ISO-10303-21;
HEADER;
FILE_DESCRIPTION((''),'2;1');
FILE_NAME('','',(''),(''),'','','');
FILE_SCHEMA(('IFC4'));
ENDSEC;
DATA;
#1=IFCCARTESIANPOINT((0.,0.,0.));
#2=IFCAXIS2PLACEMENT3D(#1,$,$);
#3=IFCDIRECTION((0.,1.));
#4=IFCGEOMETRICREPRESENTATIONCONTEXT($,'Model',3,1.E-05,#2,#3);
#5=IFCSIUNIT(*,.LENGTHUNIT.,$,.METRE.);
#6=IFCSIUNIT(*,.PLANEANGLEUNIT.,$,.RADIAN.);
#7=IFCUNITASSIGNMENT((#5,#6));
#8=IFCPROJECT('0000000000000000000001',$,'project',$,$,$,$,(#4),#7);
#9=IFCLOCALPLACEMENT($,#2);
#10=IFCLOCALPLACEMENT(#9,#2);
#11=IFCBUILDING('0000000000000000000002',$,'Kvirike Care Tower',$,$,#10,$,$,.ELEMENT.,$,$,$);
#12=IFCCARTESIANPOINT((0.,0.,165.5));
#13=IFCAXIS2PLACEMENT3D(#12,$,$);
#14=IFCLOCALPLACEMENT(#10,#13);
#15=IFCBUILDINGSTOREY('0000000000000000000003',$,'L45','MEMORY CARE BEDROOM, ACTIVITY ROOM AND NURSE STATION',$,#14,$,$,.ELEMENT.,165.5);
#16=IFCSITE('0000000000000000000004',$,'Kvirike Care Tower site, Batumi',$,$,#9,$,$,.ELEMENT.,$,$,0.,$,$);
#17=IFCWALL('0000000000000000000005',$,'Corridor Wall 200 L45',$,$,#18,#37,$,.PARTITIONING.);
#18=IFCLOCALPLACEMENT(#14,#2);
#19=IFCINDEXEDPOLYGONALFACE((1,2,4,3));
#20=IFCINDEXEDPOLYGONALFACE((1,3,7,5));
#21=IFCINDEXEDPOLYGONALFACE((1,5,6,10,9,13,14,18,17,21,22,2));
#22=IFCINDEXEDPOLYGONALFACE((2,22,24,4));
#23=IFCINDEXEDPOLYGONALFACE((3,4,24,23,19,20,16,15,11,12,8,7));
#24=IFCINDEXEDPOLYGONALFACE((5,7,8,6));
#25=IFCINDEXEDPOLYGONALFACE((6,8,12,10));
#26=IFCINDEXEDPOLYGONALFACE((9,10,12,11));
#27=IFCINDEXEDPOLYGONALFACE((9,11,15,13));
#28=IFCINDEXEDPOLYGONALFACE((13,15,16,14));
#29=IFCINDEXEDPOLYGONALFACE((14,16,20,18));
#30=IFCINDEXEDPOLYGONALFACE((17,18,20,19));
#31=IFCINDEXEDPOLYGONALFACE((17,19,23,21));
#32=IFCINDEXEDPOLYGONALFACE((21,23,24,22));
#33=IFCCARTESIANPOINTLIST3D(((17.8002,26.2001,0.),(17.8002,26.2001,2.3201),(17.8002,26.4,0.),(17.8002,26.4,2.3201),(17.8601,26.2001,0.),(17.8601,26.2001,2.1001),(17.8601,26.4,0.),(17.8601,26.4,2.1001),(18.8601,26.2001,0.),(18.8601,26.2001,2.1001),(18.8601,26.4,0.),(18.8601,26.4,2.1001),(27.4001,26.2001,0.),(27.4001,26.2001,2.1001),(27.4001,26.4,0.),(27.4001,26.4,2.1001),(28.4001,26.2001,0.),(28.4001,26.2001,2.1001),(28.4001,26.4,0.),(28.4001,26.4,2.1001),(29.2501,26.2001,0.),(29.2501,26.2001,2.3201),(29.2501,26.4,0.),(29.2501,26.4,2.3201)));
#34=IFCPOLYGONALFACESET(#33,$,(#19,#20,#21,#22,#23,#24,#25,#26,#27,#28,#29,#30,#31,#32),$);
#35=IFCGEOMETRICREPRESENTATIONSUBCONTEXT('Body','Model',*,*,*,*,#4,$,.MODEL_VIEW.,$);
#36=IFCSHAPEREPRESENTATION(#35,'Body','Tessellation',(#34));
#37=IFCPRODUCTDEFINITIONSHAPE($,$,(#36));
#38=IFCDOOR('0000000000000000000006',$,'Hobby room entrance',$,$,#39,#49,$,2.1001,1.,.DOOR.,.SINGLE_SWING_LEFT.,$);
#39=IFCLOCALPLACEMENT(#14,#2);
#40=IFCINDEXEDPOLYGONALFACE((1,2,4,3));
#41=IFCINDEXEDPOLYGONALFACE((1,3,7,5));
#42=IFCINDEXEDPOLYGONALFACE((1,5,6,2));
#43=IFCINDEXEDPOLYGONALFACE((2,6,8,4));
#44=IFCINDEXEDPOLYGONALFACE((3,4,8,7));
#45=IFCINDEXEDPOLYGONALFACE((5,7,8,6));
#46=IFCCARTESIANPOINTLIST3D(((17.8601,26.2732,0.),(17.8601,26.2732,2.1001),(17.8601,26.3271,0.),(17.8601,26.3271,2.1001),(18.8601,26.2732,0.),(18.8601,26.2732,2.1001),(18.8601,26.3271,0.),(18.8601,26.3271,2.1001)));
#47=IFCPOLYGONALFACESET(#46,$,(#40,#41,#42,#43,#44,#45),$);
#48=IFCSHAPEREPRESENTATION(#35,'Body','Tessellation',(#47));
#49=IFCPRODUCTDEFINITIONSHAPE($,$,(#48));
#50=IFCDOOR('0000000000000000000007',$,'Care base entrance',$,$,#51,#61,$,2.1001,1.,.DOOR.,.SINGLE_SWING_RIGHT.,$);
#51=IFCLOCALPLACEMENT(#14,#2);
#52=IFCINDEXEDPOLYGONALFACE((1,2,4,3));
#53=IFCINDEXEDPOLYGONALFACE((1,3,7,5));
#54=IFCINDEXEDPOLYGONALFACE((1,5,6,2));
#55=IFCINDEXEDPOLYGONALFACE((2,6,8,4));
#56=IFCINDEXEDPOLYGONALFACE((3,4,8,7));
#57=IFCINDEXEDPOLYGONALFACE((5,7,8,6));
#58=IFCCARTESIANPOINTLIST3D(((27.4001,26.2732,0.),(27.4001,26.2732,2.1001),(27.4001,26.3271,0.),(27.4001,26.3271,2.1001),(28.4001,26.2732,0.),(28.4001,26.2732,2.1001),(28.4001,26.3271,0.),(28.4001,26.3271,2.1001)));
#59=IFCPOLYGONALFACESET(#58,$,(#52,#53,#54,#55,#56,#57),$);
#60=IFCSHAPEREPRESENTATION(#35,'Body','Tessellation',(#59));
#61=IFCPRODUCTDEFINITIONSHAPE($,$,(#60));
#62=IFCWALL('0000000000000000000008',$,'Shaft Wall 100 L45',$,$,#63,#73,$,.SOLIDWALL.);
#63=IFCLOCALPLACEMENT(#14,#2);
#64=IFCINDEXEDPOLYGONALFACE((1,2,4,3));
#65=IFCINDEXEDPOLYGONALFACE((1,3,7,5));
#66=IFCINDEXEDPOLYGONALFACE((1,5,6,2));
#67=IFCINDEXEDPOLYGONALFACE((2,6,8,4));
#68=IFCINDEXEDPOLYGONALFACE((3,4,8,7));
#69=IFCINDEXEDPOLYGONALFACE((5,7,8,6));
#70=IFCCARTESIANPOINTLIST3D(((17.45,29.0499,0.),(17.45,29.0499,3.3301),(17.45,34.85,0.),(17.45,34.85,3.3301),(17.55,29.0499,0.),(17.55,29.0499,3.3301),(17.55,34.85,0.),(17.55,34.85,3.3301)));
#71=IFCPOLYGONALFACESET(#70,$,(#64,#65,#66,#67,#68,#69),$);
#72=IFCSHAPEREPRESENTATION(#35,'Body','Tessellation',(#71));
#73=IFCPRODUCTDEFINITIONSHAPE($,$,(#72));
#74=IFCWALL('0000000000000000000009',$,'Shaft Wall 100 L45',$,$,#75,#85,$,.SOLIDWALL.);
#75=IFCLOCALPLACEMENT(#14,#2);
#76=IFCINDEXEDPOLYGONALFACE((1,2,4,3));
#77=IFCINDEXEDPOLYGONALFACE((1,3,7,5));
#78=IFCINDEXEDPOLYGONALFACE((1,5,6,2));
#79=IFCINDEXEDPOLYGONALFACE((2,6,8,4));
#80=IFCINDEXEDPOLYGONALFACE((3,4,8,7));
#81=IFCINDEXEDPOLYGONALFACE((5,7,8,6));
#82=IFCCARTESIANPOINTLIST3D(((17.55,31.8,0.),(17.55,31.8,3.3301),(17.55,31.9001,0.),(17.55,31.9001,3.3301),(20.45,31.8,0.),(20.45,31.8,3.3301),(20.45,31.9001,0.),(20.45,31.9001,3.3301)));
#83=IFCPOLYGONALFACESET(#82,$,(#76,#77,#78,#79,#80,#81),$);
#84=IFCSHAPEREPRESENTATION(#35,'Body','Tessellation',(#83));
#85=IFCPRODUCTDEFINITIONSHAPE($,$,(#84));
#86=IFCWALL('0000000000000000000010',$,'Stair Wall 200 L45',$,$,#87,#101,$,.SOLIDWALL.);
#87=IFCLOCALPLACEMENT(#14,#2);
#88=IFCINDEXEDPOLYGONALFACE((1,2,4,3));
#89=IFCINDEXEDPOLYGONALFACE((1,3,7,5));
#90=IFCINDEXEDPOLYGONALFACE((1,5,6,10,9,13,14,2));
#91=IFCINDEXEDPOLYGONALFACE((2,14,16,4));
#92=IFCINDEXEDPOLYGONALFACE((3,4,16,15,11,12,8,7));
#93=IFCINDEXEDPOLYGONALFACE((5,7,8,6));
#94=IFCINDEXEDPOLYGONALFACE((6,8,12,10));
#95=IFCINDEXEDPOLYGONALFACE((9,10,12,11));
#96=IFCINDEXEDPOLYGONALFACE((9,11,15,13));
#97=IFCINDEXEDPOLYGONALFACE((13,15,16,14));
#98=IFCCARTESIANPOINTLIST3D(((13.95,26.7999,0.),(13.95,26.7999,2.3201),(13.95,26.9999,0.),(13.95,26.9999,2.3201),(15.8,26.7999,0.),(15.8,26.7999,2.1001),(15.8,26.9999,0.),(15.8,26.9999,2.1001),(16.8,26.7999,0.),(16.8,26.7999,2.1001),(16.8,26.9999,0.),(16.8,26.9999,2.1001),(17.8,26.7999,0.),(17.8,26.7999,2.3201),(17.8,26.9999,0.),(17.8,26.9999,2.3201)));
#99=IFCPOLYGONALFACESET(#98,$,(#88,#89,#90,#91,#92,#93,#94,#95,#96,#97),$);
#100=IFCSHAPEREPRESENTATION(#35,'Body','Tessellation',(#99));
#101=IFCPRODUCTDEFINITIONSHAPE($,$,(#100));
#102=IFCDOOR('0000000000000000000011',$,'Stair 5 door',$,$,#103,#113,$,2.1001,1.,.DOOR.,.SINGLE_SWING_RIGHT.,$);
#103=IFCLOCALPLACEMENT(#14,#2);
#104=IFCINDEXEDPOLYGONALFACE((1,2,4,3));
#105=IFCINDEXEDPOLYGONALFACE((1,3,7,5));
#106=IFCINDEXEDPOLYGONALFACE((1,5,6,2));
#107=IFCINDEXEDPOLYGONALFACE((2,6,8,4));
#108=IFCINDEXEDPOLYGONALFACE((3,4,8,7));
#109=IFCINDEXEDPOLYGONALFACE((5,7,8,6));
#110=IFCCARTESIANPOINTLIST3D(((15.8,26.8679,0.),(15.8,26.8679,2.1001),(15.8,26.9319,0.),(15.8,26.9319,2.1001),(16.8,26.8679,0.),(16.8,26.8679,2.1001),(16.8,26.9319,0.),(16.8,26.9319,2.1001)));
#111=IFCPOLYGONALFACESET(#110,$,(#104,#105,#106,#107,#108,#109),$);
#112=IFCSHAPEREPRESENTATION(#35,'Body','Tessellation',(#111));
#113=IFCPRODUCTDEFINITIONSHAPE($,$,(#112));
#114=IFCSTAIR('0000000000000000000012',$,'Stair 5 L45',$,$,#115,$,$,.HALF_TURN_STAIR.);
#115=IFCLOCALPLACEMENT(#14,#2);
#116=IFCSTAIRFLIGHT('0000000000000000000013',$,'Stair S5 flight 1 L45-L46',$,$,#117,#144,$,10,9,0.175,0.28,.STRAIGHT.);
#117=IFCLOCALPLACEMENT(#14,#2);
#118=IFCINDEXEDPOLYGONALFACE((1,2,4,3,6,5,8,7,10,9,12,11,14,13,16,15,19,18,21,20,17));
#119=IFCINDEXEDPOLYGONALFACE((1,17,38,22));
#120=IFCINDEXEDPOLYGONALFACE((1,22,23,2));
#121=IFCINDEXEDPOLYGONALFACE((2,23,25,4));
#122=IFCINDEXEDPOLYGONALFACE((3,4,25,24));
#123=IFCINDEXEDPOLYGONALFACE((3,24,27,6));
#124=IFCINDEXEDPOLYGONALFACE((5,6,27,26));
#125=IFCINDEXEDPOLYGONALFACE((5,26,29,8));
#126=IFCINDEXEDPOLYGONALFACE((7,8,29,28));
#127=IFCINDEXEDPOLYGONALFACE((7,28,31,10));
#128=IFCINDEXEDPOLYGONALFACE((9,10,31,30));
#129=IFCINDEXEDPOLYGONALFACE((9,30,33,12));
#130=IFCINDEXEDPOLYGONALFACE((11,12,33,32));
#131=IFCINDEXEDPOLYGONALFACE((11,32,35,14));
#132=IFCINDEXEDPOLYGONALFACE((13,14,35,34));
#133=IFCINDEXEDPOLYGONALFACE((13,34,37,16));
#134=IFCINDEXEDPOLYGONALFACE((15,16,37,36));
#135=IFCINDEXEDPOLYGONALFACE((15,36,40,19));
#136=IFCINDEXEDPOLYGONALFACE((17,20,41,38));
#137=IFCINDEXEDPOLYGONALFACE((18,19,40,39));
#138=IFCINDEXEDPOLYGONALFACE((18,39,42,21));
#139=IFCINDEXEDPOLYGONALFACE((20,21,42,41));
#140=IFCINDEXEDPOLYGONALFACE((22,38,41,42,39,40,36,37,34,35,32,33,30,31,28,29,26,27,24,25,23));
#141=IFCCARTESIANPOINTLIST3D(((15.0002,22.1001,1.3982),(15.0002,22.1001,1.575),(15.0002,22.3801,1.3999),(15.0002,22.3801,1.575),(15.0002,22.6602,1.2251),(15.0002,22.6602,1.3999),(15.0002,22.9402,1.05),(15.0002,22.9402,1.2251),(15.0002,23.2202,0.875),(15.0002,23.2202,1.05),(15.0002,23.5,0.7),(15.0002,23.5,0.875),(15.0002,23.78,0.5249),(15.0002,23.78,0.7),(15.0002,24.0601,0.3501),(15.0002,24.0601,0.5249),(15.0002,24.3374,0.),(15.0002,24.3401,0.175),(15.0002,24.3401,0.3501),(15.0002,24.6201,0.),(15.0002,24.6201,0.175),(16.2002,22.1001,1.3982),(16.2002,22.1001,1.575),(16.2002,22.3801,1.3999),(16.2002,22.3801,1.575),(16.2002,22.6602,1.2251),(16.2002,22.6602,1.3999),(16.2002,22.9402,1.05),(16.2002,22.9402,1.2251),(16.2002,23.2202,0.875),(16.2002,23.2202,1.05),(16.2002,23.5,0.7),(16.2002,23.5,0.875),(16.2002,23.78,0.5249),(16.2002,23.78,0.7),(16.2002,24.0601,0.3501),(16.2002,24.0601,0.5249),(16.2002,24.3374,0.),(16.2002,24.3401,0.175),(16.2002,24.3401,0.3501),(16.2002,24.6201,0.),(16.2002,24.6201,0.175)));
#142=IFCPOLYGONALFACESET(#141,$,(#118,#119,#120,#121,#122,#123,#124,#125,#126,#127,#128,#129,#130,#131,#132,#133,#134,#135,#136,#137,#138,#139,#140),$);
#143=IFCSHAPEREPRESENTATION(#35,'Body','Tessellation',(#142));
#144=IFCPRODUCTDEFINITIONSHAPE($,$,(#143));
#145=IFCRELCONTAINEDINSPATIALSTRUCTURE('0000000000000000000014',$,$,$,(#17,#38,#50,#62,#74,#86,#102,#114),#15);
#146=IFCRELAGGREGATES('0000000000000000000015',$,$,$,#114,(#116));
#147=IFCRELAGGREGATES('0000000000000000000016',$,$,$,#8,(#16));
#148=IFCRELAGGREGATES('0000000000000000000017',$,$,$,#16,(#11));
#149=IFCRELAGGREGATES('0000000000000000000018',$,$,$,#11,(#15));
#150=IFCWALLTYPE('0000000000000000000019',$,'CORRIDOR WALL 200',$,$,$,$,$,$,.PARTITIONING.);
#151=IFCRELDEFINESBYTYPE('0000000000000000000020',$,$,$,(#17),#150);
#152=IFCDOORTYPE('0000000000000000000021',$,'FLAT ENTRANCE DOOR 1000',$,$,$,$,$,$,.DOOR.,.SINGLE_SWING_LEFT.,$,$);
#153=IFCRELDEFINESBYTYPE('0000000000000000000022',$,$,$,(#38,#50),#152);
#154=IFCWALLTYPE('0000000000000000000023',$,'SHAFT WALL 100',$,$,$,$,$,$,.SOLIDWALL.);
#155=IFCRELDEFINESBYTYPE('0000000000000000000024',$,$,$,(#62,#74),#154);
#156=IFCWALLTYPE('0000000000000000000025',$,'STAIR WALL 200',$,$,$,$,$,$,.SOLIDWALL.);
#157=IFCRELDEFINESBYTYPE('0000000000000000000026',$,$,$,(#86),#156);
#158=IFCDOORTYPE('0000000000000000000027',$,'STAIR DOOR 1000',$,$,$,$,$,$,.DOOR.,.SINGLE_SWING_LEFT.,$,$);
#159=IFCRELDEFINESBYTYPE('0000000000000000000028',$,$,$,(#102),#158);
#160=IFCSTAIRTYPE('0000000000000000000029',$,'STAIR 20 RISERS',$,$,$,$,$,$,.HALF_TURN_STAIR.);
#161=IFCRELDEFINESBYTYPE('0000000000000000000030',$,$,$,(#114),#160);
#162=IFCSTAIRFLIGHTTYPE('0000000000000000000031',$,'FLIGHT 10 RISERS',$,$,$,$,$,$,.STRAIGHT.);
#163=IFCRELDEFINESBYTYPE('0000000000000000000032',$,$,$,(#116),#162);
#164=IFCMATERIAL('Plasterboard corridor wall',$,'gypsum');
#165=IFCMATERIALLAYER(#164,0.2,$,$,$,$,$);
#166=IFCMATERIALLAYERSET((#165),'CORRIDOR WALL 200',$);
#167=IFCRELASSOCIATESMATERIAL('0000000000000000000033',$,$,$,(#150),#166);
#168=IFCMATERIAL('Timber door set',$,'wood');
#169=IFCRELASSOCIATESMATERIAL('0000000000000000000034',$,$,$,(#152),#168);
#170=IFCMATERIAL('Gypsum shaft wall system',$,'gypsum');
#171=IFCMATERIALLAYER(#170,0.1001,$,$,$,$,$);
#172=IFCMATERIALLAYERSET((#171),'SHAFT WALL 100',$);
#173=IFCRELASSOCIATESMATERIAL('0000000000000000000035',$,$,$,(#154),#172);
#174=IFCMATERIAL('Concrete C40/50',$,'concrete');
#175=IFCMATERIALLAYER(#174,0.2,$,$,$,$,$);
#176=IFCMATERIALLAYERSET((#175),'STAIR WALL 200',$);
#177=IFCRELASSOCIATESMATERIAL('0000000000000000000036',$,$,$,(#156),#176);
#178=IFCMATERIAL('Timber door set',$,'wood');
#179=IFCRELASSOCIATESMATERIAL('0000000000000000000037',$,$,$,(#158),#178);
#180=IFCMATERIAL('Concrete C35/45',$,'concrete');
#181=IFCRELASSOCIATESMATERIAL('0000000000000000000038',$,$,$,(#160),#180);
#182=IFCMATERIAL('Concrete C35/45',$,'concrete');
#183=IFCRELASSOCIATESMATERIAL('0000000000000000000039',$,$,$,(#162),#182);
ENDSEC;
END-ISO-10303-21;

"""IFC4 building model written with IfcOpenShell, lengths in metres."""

from ifc_helpers import new_model, si_unit, direction, frame, frame_2d, origin, place, context, subcontext, project, spatial, polyline, rectangle, outline, extrude, material, layer, layer_set, type_object, element, fill, aggregate, save


model = new_model("IFC4")

# Units and contexts
model_context = context("Model", 3, precision=1e-05, world=origin(), true_north=direction((0.0, 1.0)))
body_context = subcontext(model_context, "Body", "Model", "MODEL_VIEW")
ifc_project = project(units=[si_unit("LENGTHUNIT", "METRE"), si_unit("PLANEANGLEUNIT", "RADIAN")], contexts=[model_context])

# Site, building, storey
site_placement = place(None, origin())
site = spatial("IfcSite", under=ifc_project, at=site_placement, Name="Kvirike Care Tower site, Batumi", CompositionType="ELEMENT", RefElevation=0.0)
building_placement = place(site_placement, origin())
building = spatial("IfcBuilding", under=site, at=building_placement, Name="Kvirike Care Tower", CompositionType="ELEMENT")
storey_placement = place(building_placement, frame((0.0, 0.0, 165.5)))
storey = spatial("IfcBuildingStorey", under=building, at=storey_placement, Name="L45", Description="MEMORY CARE BEDROOM, ACTIVITY ROOM AND NURSE STATION", CompositionType="ELEMENT", Elevation=165.5)

# Wall, openings, doors
ifc_material_1 = material(Name="Plasterboard corridor wall", Category="gypsum")
ifc_layer_1 = layer(ifc_material_1, 0.2)
ifc_layer_set_1 = layer_set([ifc_layer_1], Name="CORRIDOR WALL 200")
wall_type_1 = type_object("IfcWallType", Name="CORRIDOR WALL 200", PredefinedType="PARTITIONING", material=ifc_layer_set_1)
wall_1_placement = place(storey_placement, frame((17.8, 26.3, 0.0), z_axis=(0.0, 0.0, 1.0), x_axis=(1.0, 0.0, 0.0)))
wall_1 = element("IfcWall", 1, at=wall_1_placement, inside=storey, type_object=wall_type_1, Name="Corridor Wall 200 L45", PredefinedType="PARTITIONING", context=body_context, shape_type="SweptSolid", body=[
    extrude(rectangle(XDim=11.45, YDim=0.2, at=frame_2d((5.7251, 0.0))), origin(), (0.0, 0.0, 1.0), 2.3201),
])
opening_1_placement = place(wall_1_placement, frame((0.0601, 0.0, 0.0)))
opening_1 = element("IfcOpeningElement", 2, at=opening_1_placement, cuts=wall_1, PredefinedType="OPENING", context=body_context, shape_type="SweptSolid", body=[
    extrude(rectangle(XDim=1.0, YDim=2.1001, at=frame_2d((0.5, 1.05))), frame((0.0, 0.1106, 0.0), z_axis=(0.0, -1.0, 0.0), x_axis=(1.0, 0.0, 0.0)), (0.0, 0.0, 1.0), 0.2209),
])
opening_2_placement = place(wall_1_placement, frame((9.6001, 0.0, 0.0)))
opening_2 = element("IfcOpeningElement", 3, at=opening_2_placement, cuts=wall_1, PredefinedType="OPENING", context=body_context, shape_type="SweptSolid", body=[
    extrude(rectangle(XDim=1.0, YDim=2.1001, at=frame_2d((0.5, 1.05))), frame((0.0, 0.1106, 0.0), z_axis=(0.0, -1.0, 0.0), x_axis=(1.0, 0.0, 0.0)), (0.0, 0.0, 1.0), 0.2209),
])
ifc_material_2 = material(Name="Timber door set", Category="wood")
door_type_1 = type_object("IfcDoorType", Name="FLAT ENTRANCE DOOR 1000", OperationType="SINGLE_SWING_LEFT", PredefinedType="DOOR", material=ifc_material_2)
door_1_placement = place(opening_1_placement, frame((1.0, 0.0, 0.0), z_axis=(0.0, 0.0, 1.0), x_axis=(-1.0, 0.0, 0.0)))
door_1 = element("IfcDoor", 4, at=door_1_placement, inside=storey, type_object=door_type_1, Name="Hobby room entrance", OperationType="SINGLE_SWING_LEFT", OverallHeight=2.1001, OverallWidth=1.0, PredefinedType="DOOR", context=body_context, shape_type="SweptSolid", body=[
    extrude(rectangle(XDim=1.0, YDim=2.1001, at=frame_2d((0.5, 1.05))), frame((0.0, 0.0269, 0.0), z_axis=(0.0, -1.0, 0.0), x_axis=(1.0, 0.0, 0.0)), (0.0, 0.0, 1.0), 0.054),
])
fill(opening_1, door_1)
door_2_placement = place(opening_2_placement, frame((1.0, 0.0, 0.0), z_axis=(0.0, 0.0, 1.0), x_axis=(-1.0, 0.0, 0.0)))
door_2 = element("IfcDoor", 5, at=door_2_placement, inside=storey, type_object=door_type_1, Name="Care base entrance", OperationType="SINGLE_SWING_RIGHT", OverallHeight=2.1001, OverallWidth=1.0, PredefinedType="DOOR", context=body_context, shape_type="SweptSolid", body=[
    extrude(rectangle(XDim=1.0, YDim=2.1001, at=frame_2d((0.5, 1.05))), frame((0.0, 0.0269, 0.0), z_axis=(0.0, -1.0, 0.0), x_axis=(1.0, 0.0, 0.0)), (0.0, 0.0, 1.0), 0.054),
])
fill(opening_2, door_2)

# Walls
ifc_material_3 = material(Name="Gypsum shaft wall system", Category="gypsum")
ifc_layer_2 = layer(ifc_material_3, 0.1001)
ifc_layer_set_2 = layer_set([ifc_layer_2], Name="SHAFT WALL 100")
wall_type_2 = type_object("IfcWallType", Name="SHAFT WALL 100", PredefinedType="SOLIDWALL", material=ifc_layer_set_2)
wall_2_placement = place(storey_placement, frame((17.5, 29.05, 0.0), z_axis=(0.0, 0.0, 1.0), x_axis=(0.0, 1.0, 0.0)))
element("IfcWall", 6, at=wall_2_placement, inside=storey, type_object=wall_type_2, Name="Shaft Wall 100 L45", PredefinedType="SOLIDWALL", context=body_context, shape_type="SweptSolid", body=[
    extrude(rectangle(XDim=5.8, YDim=0.1001, at=frame_2d((2.8999, 0.0))), origin(), (0.0, 0.0, 1.0), 3.3301),
])
wall_3_placement = place(storey_placement, frame((17.55, 31.8501, 0.0), z_axis=(0.0, 0.0, 1.0), x_axis=(1.0, 0.0, 0.0)))
element("IfcWall", 7, at=wall_3_placement, inside=storey, type_object=wall_type_2, Name="Shaft Wall 100 L45", PredefinedType="SOLIDWALL", context=body_context, shape_type="SweptSolid", body=[
    extrude(rectangle(XDim=2.8999, YDim=0.1001, at=frame_2d((1.45, 0.0))), origin(), (0.0, 0.0, 1.0), 3.3301),
])

# Wall, opening, door
ifc_material_4 = material(Name="Concrete C40/50", Category="concrete")
ifc_layer_3 = layer(ifc_material_4, 0.2)
ifc_layer_set_3 = layer_set([ifc_layer_3], Name="STAIR WALL 200")
wall_type_3 = type_object("IfcWallType", Name="STAIR WALL 200", PredefinedType="SOLIDWALL", material=ifc_layer_set_3)
wall_4_placement = place(storey_placement, frame((13.95, 26.8999, 0.0), z_axis=(0.0, 0.0, 1.0), x_axis=(1.0, 0.0, 0.0)))
wall_4 = element("IfcWall", 8, at=wall_4_placement, inside=storey, type_object=wall_type_3, Name="Stair Wall 200 L45", PredefinedType="SOLIDWALL", context=body_context, shape_type="SweptSolid", body=[
    extrude(rectangle(XDim=3.8501, YDim=0.2, at=frame_2d((1.925, 0.0))), origin(), (0.0, 0.0, 1.0), 2.3201),
])
opening_3_placement = place(wall_4_placement, frame((1.8501, 0.0, 0.0)))
opening_3 = element("IfcOpeningElement", 9, at=opening_3_placement, cuts=wall_4, PredefinedType="OPENING", context=body_context, shape_type="SweptSolid", body=[
    extrude(rectangle(XDim=1.0, YDim=2.1001, at=frame_2d((0.5, 1.05))), frame((0.0, 0.1106, 0.0), z_axis=(0.0, -1.0, 0.0), x_axis=(1.0, 0.0, 0.0)), (0.0, 0.0, 1.0), 0.2209),
])
ifc_material_5 = material(Name="Timber door set", Category="wood")
door_type_2 = type_object("IfcDoorType", Name="STAIR DOOR 1000", OperationType="SINGLE_SWING_LEFT", PredefinedType="DOOR", material=ifc_material_5)
door_3_placement = place(opening_3_placement, frame((1.0, 0.0, 0.0), z_axis=(0.0, 0.0, 1.0), x_axis=(-1.0, 0.0, 0.0)))
door_3 = element("IfcDoor", 10, at=door_3_placement, inside=storey, type_object=door_type_2, Name="Stair 5 door", OperationType="SINGLE_SWING_RIGHT", OverallHeight=2.1001, OverallWidth=1.0, PredefinedType="DOOR", context=body_context, shape_type="SweptSolid", body=[
    extrude(rectangle(XDim=1.0, YDim=2.1001, at=frame_2d((0.5, 1.05))), frame((0.0, 0.032, 0.0), z_axis=(0.0, -1.0, 0.0), x_axis=(1.0, 0.0, 0.0)), (0.0, 0.0, 1.0), 0.064),
])
fill(opening_3, door_3)

# Stair, stair flight
ifc_material_6 = material(Name="Concrete C35/45", Category="concrete")
stair_type = type_object("IfcStairType", Name="STAIR 20 RISERS", PredefinedType="HALF_TURN_STAIR", material=ifc_material_6)
stair_placement = place(storey_placement, origin())
stair = element("IfcStair", 11, at=stair_placement, inside=storey, type_object=stair_type, Name="Stair 5 L45", PredefinedType="HALF_TURN_STAIR")
ifc_material_7 = material(Name="Concrete C35/45", Category="concrete")
stair_flight_type = type_object("IfcStairFlightType", Name="FLIGHT 10 RISERS", PredefinedType="STRAIGHT", material=ifc_material_7)
stair_flight_placement = place(storey_placement, frame((15.6001, 24.6201, 0.0), z_axis=(0.0, 0.0, 1.0), x_axis=(0.0, -1.0, 0.0)))
stair_flight = element("IfcStairFlight", 12, at=stair_flight_placement, type_object=stair_flight_type, Name="Stair S5 flight 1 L45-L46", NumberOfRisers=10, NumberOfTreads=9, PredefinedType="STRAIGHT", RiserHeight=0.175, TreadLength=0.28, context=body_context, shape_type="SweptSolid", body=[
    extrude(outline(polyline([(0.0, 0.0), (0.0, 0.175), (0.28, 0.175), (0.28, 0.3501), (0.5601, 0.3501), (0.5601, 0.5249), (0.8401, 0.5249), (0.8401, 0.7), (1.1201, 0.7), (1.1201, 0.875), (1.3999, 0.875), (1.3999, 1.05), (1.6799, 1.05), (1.6799, 1.2251), (1.96, 1.2251), (1.96, 1.3999), (2.24, 1.3999), (2.24, 1.575), (2.52, 1.575), (2.52, 1.75), (2.52, 1.3982), (0.2827, 0.0), (0.0, 0.0)])), frame((0.0, 0.6001, 0.0), z_axis=(0.0, -1.0, 0.0), x_axis=(1.0, 0.0, 0.0)), (0.0, 0.0, 1.0), 1.2),
])
aggregate(stair, [stair_flight])

save(model, "model.ifc")
